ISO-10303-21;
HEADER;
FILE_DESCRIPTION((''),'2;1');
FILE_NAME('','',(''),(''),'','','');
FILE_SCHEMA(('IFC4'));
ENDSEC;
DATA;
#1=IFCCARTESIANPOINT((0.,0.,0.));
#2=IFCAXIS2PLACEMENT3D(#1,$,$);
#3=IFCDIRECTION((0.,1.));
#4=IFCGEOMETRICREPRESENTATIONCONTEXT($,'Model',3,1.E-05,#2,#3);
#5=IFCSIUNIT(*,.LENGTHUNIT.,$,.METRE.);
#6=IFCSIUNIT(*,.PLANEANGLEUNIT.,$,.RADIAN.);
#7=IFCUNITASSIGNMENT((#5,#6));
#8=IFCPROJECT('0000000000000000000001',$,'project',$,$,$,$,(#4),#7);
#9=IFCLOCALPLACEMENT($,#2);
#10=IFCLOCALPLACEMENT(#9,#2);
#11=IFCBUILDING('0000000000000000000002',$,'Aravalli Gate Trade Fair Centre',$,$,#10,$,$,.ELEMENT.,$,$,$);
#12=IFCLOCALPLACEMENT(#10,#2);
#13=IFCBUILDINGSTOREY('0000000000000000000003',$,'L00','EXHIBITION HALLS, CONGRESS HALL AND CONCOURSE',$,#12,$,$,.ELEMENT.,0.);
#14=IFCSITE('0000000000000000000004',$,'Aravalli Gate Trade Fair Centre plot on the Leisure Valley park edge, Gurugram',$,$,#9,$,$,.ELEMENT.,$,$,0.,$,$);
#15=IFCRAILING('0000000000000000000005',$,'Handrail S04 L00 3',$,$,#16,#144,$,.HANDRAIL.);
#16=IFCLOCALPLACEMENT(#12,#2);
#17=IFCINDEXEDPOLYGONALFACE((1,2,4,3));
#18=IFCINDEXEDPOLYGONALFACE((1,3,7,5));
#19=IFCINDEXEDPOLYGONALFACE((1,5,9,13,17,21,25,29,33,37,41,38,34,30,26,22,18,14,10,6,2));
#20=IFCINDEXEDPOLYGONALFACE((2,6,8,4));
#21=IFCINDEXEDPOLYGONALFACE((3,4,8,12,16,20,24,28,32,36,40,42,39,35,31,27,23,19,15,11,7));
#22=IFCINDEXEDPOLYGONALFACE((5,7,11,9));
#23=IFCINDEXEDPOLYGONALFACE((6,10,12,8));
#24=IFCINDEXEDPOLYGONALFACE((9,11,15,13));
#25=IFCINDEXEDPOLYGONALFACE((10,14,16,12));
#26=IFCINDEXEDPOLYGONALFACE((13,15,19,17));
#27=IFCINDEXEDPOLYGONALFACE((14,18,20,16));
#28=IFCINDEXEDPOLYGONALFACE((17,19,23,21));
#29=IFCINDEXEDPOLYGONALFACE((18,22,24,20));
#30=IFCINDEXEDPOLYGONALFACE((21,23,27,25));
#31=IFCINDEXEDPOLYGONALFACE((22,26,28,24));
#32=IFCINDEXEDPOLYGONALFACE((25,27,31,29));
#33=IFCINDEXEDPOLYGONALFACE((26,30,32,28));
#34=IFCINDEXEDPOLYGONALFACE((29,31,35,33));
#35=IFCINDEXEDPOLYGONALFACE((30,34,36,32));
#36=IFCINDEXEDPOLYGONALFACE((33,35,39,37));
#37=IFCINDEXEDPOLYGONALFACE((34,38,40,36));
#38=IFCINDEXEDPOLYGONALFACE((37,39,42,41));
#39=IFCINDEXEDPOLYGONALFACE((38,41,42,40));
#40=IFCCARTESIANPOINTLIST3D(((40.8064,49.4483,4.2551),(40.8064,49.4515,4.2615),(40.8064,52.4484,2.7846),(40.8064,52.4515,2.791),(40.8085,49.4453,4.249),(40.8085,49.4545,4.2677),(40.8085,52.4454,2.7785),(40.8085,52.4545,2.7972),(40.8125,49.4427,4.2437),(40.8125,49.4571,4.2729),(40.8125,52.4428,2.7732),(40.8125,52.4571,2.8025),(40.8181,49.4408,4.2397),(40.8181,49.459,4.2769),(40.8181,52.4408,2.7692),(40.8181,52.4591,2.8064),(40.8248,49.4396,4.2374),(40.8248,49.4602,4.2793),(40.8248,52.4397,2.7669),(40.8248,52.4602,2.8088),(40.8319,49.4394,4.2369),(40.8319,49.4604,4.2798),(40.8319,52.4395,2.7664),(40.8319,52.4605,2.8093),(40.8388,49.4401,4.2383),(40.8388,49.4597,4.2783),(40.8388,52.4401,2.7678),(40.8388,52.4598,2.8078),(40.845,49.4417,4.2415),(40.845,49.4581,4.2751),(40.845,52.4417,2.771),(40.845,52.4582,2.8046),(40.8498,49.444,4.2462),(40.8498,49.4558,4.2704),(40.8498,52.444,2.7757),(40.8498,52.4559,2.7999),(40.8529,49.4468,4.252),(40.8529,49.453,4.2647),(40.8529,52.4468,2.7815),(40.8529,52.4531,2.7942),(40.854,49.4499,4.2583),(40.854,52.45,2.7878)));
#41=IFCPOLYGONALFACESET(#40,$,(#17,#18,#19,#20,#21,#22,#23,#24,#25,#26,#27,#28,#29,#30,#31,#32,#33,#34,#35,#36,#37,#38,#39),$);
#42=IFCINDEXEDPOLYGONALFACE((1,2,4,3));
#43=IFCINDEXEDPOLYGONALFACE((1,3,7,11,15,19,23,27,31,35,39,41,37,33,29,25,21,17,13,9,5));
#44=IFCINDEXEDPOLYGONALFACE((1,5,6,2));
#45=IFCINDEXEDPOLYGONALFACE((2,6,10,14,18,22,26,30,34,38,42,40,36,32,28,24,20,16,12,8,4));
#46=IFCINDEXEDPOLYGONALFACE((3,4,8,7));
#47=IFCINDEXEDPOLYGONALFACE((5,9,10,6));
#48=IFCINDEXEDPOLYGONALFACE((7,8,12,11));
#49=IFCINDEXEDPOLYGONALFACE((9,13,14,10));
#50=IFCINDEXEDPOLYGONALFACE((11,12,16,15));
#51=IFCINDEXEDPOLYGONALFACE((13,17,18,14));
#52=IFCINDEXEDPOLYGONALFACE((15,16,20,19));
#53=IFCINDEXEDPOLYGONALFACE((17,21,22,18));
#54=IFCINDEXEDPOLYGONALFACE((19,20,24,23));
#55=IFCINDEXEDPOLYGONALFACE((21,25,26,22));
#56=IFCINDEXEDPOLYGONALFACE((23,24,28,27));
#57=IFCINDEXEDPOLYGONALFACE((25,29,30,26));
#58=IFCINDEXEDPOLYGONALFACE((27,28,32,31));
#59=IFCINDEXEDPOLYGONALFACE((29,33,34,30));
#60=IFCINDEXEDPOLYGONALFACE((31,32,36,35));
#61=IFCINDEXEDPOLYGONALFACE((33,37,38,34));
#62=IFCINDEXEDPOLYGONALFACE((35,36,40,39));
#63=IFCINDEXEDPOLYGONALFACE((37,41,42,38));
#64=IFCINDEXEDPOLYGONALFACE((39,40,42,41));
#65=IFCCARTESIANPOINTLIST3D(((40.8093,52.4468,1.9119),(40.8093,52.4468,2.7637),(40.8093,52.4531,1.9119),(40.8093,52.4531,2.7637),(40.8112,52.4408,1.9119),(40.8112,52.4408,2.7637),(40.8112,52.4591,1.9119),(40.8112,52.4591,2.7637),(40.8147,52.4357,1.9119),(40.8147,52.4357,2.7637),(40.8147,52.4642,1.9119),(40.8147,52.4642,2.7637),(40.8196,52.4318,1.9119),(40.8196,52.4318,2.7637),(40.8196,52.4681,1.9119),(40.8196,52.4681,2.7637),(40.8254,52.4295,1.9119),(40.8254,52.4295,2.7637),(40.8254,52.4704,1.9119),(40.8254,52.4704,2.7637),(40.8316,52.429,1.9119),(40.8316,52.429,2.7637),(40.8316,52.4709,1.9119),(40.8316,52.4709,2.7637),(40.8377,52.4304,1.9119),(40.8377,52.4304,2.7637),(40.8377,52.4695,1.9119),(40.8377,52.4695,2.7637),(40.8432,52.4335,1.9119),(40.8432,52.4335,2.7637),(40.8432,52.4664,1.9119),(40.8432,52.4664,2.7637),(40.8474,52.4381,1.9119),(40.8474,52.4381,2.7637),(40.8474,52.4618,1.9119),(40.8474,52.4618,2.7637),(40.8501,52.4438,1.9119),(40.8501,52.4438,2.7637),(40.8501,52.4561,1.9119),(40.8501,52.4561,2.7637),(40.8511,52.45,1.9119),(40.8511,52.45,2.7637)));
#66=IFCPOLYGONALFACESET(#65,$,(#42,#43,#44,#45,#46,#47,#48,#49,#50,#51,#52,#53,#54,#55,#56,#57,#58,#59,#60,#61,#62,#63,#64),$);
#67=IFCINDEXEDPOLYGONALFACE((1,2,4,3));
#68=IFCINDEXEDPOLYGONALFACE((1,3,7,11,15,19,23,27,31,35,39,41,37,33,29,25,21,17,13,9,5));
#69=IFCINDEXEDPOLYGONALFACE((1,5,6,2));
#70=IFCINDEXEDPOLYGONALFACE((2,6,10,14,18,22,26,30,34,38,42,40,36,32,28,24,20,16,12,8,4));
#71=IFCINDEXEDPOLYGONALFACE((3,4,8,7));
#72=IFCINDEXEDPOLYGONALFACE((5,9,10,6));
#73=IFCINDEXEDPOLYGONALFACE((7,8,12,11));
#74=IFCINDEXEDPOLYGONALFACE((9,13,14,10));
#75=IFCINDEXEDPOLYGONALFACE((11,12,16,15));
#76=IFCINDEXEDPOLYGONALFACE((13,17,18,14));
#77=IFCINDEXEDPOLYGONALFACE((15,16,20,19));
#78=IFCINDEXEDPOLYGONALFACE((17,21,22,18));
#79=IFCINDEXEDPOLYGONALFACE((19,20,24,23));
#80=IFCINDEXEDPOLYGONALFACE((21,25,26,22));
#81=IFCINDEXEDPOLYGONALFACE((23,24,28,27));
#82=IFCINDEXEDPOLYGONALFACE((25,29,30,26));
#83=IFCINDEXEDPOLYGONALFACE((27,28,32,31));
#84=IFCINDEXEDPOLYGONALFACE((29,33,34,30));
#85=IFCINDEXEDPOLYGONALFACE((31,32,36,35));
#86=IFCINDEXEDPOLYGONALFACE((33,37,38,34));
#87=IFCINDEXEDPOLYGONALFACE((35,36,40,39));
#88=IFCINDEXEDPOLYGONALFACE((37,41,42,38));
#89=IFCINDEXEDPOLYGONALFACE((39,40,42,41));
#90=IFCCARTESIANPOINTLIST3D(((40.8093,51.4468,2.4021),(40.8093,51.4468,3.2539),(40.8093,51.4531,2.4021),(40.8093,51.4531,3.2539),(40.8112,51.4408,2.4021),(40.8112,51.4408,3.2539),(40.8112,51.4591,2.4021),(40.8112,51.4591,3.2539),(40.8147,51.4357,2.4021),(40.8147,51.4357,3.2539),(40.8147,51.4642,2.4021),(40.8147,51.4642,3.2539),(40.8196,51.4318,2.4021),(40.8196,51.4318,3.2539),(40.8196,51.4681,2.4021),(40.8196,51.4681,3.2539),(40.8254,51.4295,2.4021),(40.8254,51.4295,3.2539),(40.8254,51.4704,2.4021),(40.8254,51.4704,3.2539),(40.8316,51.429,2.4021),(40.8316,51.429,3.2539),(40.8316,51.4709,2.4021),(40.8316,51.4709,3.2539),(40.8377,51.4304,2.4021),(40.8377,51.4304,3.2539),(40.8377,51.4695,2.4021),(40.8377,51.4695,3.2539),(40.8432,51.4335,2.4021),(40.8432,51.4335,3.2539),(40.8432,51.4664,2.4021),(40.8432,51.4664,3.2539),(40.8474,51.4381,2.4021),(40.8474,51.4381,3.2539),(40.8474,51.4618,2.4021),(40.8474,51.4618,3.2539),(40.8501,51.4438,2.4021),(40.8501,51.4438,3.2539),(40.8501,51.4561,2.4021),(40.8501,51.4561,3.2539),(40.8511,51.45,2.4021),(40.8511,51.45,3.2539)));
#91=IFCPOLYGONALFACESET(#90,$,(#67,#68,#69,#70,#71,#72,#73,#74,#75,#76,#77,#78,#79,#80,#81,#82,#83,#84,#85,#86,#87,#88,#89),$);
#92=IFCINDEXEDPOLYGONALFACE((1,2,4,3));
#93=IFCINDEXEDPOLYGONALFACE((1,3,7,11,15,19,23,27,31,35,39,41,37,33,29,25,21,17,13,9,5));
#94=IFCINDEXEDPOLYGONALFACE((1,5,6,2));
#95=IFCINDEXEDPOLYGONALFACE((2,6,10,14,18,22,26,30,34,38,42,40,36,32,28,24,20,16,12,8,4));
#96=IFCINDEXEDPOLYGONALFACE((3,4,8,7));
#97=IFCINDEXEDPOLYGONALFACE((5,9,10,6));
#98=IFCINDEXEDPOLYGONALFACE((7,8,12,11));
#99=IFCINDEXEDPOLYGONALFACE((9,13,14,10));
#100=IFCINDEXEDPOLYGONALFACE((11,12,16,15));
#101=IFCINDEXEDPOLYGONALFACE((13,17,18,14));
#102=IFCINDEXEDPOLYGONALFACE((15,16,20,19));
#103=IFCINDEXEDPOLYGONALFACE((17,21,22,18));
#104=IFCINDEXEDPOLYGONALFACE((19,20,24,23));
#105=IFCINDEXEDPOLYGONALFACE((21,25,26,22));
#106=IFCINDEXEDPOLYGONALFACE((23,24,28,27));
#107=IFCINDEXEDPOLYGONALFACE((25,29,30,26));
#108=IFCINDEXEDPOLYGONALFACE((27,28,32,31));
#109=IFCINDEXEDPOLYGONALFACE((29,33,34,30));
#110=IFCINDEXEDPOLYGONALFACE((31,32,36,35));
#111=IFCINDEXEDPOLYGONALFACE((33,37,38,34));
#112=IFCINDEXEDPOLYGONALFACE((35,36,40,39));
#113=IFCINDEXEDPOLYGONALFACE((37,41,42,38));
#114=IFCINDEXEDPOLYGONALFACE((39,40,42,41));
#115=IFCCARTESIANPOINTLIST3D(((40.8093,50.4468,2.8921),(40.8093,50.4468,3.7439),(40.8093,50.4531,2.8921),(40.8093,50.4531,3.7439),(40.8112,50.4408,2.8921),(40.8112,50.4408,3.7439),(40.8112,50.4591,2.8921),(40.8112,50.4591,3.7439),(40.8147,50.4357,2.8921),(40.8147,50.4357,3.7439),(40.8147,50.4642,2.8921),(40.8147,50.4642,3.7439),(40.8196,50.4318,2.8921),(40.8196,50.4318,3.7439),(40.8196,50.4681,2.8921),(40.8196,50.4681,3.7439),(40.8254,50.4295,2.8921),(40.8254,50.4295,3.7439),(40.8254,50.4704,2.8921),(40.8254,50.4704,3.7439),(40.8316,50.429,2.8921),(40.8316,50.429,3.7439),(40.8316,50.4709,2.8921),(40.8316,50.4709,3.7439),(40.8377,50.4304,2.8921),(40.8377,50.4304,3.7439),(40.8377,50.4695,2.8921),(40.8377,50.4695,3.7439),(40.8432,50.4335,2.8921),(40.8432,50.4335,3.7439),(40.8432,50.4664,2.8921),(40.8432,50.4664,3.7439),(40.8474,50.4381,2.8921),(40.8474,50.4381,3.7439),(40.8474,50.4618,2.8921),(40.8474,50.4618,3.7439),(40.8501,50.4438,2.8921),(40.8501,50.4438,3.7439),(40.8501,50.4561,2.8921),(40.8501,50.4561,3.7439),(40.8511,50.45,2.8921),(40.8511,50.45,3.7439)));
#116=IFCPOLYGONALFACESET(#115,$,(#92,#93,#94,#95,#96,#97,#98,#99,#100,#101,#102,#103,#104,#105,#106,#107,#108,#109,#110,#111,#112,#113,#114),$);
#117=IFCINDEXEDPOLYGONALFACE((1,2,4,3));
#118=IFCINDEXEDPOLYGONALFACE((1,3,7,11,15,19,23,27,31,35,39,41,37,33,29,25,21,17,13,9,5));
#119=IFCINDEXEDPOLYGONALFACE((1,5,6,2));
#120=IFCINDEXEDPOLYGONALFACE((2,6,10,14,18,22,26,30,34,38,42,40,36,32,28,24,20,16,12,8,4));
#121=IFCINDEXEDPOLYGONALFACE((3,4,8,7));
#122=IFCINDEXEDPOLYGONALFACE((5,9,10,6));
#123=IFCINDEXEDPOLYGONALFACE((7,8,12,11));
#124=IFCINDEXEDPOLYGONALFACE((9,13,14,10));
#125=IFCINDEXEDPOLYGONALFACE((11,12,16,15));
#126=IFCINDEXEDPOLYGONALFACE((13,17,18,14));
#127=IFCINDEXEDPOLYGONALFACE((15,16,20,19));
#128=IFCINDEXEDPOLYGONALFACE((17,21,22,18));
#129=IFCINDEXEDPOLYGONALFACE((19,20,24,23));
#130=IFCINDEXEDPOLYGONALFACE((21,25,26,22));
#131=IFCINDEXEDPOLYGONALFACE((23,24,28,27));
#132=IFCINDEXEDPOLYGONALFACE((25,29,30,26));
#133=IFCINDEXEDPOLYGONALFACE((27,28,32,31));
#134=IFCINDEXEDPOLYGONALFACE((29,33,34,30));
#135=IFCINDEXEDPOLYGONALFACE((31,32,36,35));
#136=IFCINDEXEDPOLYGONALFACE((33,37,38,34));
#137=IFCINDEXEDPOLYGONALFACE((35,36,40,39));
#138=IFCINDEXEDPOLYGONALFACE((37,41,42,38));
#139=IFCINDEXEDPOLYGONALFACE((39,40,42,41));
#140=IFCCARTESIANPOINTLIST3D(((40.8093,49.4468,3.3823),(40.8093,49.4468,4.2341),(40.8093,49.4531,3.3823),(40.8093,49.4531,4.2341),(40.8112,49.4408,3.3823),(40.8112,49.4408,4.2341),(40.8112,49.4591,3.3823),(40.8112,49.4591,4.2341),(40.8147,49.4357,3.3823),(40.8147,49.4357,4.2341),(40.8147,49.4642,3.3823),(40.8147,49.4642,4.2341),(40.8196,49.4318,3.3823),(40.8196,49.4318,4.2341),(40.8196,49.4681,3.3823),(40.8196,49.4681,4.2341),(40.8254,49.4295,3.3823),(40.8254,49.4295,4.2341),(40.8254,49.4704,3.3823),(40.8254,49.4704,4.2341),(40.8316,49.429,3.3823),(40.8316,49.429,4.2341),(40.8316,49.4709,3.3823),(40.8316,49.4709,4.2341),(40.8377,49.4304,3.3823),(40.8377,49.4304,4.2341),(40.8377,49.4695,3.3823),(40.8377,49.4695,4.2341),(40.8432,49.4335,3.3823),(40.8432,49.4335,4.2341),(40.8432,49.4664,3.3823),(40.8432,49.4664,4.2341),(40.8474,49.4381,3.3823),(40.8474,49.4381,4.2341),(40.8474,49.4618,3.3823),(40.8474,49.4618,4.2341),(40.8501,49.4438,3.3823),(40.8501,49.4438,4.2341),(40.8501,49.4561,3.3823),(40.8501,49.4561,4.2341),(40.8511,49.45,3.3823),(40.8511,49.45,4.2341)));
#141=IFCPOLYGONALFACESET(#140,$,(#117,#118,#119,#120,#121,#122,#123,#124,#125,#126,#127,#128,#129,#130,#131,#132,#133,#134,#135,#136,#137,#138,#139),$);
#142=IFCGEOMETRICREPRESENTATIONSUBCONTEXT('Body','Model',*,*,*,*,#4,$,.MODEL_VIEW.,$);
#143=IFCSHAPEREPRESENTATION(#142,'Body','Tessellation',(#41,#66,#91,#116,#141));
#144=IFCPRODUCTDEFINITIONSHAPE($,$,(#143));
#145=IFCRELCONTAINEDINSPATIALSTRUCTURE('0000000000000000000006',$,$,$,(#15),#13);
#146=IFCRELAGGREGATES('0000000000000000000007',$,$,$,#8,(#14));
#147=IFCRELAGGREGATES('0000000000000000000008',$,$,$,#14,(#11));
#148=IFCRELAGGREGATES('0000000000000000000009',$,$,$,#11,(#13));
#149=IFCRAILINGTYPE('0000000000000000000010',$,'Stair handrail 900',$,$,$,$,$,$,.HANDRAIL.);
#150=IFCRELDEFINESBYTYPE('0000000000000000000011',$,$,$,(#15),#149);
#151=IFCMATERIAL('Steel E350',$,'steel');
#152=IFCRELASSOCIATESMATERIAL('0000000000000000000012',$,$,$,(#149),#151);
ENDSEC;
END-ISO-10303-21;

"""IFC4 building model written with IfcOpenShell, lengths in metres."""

from ifc_helpers import new_model, si_unit, direction, frame, origin, origin_2d, place, context, subcontext, project, spatial, circle, extrude, material, type_object, element, save


model = new_model("IFC4")

# Units and contexts
model_context = context("Model", 3, precision=1e-05, world=origin(), true_north=direction((0.0, 1.0)))
body_context = subcontext(model_context, "Body", "Model", "MODEL_VIEW")
ifc_project = project(units=[si_unit("LENGTHUNIT", "METRE"), si_unit("PLANEANGLEUNIT", "RADIAN")], contexts=[model_context])

# Site, building, storey
site_placement = place(None, origin())
site = spatial("IfcSite", under=ifc_project, at=site_placement, Name="Aravalli Gate Trade Fair Centre plot on the Leisure Valley park edge, Gurugram", CompositionType="ELEMENT", RefElevation=0.0)
building_placement = place(site_placement, origin())
building = spatial("IfcBuilding", under=site, at=building_placement, Name="Aravalli Gate Trade Fair Centre", CompositionType="ELEMENT")
storey_placement = place(building_placement, origin())
storey = spatial("IfcBuildingStorey", under=building, at=storey_placement, Name="L00", Description="EXHIBITION HALLS, CONGRESS HALL AND CONCOURSE", CompositionType="ELEMENT", Elevation=0.0)

# Railing
ifc_material_1 = material(Name="Steel E350", Category="steel")
railing_type = type_object("IfcRailingType", Name="Stair handrail 900", PredefinedType="HANDRAIL", material=ifc_material_1)
for number, where, name in (
    (1, (40.8301, 52.45, 1.9119), "Handrail S04 L00 3"),
):
    element("IfcRailing", number, at=place(storey_placement, frame(where)), inside=storey, type_object=railing_type, Name=name, PredefinedType="HANDRAIL", context=body_context, shape_type="SweptSolid", body=[
        extrude(circle(Radius=0.0239, at=origin_2d()), frame((0.0, 0.0, 0.876), z_axis=(0.0, -0.897936, 0.440126), x_axis=(1.0, 0.0, 0.0)), (0.0, 0.0, 1.0), 3.3411),
        extrude(circle(Radius=0.021, at=origin_2d()), origin(), (0.0, 0.0, 1.0), 0.8518),
        extrude(circle(Radius=0.021, at=origin_2d()), frame((0.0, -1.0, 0.4902)), (0.0, 0.0, 1.0), 0.8518),
        extrude(circle(Radius=0.021, at=origin_2d()), frame((0.0, -2.0, 0.9802)), (0.0, 0.0, 1.0), 0.8518),
        extrude(circle(Radius=0.021, at=origin_2d()), frame((0.0, -3.0, 1.4705)), (0.0, 0.0, 1.0), 0.8518),
    ])

save(model, "model.ifc")
